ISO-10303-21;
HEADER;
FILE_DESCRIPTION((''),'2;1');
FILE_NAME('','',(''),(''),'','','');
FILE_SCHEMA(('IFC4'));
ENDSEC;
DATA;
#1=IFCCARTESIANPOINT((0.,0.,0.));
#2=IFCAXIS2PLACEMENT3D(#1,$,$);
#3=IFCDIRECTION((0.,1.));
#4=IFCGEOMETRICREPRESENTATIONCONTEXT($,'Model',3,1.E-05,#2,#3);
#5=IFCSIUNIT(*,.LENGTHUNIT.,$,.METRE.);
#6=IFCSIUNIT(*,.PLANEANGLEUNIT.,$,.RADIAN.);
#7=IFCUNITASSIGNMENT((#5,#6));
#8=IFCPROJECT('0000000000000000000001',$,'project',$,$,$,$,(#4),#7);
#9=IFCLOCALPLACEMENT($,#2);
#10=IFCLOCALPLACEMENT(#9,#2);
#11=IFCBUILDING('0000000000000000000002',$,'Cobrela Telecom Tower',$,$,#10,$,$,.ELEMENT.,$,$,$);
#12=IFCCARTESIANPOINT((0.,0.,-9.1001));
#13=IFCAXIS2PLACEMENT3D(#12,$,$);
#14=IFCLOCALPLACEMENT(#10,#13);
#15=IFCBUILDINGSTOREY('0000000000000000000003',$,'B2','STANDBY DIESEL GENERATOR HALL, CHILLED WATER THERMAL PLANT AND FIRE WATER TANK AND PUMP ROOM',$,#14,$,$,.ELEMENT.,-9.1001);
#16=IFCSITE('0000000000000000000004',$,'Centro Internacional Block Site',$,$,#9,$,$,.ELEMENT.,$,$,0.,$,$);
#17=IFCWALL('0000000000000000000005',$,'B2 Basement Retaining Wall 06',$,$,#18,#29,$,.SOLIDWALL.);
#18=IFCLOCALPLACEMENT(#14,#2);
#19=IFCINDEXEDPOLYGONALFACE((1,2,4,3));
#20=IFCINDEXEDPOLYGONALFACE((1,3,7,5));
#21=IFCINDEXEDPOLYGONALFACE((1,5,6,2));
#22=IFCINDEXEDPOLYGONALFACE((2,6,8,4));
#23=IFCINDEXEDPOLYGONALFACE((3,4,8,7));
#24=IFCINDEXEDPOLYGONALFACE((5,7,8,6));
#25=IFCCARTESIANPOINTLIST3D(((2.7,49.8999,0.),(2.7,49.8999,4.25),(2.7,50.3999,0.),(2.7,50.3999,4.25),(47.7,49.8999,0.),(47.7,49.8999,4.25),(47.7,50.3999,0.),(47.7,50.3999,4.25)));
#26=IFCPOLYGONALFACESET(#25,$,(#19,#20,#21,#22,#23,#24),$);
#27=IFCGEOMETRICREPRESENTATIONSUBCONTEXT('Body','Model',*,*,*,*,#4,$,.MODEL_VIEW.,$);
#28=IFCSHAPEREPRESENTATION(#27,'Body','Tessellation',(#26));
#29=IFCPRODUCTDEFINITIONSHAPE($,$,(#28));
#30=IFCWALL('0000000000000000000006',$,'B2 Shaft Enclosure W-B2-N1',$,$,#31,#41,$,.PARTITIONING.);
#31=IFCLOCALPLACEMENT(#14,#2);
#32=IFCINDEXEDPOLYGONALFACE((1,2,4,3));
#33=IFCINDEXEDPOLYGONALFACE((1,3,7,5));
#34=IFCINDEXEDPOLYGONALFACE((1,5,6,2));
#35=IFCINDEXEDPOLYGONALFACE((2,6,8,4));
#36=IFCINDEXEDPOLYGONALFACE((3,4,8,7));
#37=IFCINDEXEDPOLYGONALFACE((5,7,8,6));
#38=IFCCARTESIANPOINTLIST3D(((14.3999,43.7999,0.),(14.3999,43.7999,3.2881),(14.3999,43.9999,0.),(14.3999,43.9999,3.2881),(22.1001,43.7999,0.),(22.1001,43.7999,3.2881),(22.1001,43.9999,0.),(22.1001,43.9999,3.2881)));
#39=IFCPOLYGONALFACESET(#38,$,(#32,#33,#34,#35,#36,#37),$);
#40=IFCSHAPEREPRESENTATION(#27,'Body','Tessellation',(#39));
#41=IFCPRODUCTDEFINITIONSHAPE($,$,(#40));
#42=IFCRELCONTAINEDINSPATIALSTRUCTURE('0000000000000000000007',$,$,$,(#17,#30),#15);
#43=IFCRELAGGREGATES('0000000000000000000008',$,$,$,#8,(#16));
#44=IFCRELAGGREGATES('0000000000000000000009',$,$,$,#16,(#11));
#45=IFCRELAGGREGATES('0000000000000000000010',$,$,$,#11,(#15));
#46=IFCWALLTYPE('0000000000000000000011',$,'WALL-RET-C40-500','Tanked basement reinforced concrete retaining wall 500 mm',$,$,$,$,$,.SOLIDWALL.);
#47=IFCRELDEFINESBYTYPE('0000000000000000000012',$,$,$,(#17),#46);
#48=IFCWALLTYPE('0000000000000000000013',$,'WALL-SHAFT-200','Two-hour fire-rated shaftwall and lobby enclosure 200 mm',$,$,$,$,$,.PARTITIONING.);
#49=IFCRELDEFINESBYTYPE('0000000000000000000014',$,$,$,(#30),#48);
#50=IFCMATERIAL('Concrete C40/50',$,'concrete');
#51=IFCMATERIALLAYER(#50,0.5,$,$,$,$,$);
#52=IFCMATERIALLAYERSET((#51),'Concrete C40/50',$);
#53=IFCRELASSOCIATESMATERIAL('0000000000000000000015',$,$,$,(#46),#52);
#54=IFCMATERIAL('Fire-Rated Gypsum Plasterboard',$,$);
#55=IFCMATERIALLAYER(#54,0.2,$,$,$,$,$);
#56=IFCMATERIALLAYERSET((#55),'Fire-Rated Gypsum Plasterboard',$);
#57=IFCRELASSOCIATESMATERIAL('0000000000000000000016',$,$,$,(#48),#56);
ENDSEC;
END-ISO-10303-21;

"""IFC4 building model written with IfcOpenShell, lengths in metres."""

from ifc_helpers import new_model, si_unit, direction, frame, frame_2d, origin, place, context, subcontext, project, spatial, rectangle, extrude, material, layer, layer_set, type_object, element, save


model = new_model("IFC4")

# Units and contexts
model_context = context("Model", 3, precision=1e-05, world=origin(), true_north=direction((0.0, 1.0)))
body_context = subcontext(model_context, "Body", "Model", "MODEL_VIEW")
ifc_project = project(units=[si_unit("LENGTHUNIT", "METRE"), si_unit("PLANEANGLEUNIT", "RADIAN")], contexts=[model_context])

# Site, building, storey
site_placement = place(None, origin())
site = spatial("IfcSite", under=ifc_project, at=site_placement, Name="Centro Internacional Block Site", CompositionType="ELEMENT", RefElevation=0.0)
building_placement = place(site_placement, origin())
building = spatial("IfcBuilding", under=site, at=building_placement, Name="Cobrela Telecom Tower", CompositionType="ELEMENT")
storey_placement = place(building_placement, frame((0.0, 0.0, -9.1001)))
storey = spatial("IfcBuildingStorey", under=building, at=storey_placement, Name="B2", Description="STANDBY DIESEL GENERATOR HALL, CHILLED WATER THERMAL PLANT AND FIRE WATER TANK AND PUMP ROOM", CompositionType="ELEMENT", Elevation=-9.1001)

# Shared definitions
ifc_material_1 = material(Name="Concrete C40/50", Category="concrete")

# Walls
ifc_layer_1 = layer(ifc_material_1, 0.5)
ifc_layer_set_1 = layer_set([ifc_layer_1], Name="Concrete C40/50")
wall_type_1 = type_object("IfcWallType", Name="WALL-RET-C40-500", Description="Tanked basement reinforced concrete retaining wall 500 mm", PredefinedType="SOLIDWALL", material=ifc_layer_set_1)
wall_1_placement = place(storey_placement, frame((2.7, 50.1499, 0.0), z_axis=(0.0, 0.0, 1.0), x_axis=(1.0, 0.0, 0.0)))
element("IfcWall", 1, at=wall_1_placement, inside=storey, type_object=wall_type_1, Name="B2 Basement Retaining Wall 06", PredefinedType="SOLIDWALL", context=body_context, shape_type="SweptSolid", body=[
    extrude(rectangle(XDim=45.0, YDim=0.5, at=frame_2d((22.5, 0.0))), origin(), (0.0, 0.0, 1.0), 4.25),
])
ifc_material_2 = material(Name="Fire-Rated Gypsum Plasterboard")
ifc_layer_2 = layer(ifc_material_2, 0.2)
ifc_layer_set_2 = layer_set([ifc_layer_2], Name="Fire-Rated Gypsum Plasterboard")
wall_type_2 = type_object("IfcWallType", Name="WALL-SHAFT-200", Description="Two-hour fire-rated shaftwall and lobby enclosure 200 mm", PredefinedType="PARTITIONING", material=ifc_layer_set_2)
wall_2_placement = place(storey_placement, frame((14.3999, 43.8999, 0.0), z_axis=(0.0, 0.0, 1.0), x_axis=(1.0, 0.0, 0.0)))
element("IfcWall", 2, at=wall_2_placement, inside=storey, type_object=wall_type_2, Name="B2 Shaft Enclosure W-B2-N1", PredefinedType="PARTITIONING", context=body_context, shape_type="SweptSolid", body=[
    extrude(rectangle(XDim=7.7002, YDim=0.2, at=frame_2d((3.8501, 0.0))), origin(), (0.0, 0.0, 1.0), 3.2881),
])

save(model, "model.ifc")
